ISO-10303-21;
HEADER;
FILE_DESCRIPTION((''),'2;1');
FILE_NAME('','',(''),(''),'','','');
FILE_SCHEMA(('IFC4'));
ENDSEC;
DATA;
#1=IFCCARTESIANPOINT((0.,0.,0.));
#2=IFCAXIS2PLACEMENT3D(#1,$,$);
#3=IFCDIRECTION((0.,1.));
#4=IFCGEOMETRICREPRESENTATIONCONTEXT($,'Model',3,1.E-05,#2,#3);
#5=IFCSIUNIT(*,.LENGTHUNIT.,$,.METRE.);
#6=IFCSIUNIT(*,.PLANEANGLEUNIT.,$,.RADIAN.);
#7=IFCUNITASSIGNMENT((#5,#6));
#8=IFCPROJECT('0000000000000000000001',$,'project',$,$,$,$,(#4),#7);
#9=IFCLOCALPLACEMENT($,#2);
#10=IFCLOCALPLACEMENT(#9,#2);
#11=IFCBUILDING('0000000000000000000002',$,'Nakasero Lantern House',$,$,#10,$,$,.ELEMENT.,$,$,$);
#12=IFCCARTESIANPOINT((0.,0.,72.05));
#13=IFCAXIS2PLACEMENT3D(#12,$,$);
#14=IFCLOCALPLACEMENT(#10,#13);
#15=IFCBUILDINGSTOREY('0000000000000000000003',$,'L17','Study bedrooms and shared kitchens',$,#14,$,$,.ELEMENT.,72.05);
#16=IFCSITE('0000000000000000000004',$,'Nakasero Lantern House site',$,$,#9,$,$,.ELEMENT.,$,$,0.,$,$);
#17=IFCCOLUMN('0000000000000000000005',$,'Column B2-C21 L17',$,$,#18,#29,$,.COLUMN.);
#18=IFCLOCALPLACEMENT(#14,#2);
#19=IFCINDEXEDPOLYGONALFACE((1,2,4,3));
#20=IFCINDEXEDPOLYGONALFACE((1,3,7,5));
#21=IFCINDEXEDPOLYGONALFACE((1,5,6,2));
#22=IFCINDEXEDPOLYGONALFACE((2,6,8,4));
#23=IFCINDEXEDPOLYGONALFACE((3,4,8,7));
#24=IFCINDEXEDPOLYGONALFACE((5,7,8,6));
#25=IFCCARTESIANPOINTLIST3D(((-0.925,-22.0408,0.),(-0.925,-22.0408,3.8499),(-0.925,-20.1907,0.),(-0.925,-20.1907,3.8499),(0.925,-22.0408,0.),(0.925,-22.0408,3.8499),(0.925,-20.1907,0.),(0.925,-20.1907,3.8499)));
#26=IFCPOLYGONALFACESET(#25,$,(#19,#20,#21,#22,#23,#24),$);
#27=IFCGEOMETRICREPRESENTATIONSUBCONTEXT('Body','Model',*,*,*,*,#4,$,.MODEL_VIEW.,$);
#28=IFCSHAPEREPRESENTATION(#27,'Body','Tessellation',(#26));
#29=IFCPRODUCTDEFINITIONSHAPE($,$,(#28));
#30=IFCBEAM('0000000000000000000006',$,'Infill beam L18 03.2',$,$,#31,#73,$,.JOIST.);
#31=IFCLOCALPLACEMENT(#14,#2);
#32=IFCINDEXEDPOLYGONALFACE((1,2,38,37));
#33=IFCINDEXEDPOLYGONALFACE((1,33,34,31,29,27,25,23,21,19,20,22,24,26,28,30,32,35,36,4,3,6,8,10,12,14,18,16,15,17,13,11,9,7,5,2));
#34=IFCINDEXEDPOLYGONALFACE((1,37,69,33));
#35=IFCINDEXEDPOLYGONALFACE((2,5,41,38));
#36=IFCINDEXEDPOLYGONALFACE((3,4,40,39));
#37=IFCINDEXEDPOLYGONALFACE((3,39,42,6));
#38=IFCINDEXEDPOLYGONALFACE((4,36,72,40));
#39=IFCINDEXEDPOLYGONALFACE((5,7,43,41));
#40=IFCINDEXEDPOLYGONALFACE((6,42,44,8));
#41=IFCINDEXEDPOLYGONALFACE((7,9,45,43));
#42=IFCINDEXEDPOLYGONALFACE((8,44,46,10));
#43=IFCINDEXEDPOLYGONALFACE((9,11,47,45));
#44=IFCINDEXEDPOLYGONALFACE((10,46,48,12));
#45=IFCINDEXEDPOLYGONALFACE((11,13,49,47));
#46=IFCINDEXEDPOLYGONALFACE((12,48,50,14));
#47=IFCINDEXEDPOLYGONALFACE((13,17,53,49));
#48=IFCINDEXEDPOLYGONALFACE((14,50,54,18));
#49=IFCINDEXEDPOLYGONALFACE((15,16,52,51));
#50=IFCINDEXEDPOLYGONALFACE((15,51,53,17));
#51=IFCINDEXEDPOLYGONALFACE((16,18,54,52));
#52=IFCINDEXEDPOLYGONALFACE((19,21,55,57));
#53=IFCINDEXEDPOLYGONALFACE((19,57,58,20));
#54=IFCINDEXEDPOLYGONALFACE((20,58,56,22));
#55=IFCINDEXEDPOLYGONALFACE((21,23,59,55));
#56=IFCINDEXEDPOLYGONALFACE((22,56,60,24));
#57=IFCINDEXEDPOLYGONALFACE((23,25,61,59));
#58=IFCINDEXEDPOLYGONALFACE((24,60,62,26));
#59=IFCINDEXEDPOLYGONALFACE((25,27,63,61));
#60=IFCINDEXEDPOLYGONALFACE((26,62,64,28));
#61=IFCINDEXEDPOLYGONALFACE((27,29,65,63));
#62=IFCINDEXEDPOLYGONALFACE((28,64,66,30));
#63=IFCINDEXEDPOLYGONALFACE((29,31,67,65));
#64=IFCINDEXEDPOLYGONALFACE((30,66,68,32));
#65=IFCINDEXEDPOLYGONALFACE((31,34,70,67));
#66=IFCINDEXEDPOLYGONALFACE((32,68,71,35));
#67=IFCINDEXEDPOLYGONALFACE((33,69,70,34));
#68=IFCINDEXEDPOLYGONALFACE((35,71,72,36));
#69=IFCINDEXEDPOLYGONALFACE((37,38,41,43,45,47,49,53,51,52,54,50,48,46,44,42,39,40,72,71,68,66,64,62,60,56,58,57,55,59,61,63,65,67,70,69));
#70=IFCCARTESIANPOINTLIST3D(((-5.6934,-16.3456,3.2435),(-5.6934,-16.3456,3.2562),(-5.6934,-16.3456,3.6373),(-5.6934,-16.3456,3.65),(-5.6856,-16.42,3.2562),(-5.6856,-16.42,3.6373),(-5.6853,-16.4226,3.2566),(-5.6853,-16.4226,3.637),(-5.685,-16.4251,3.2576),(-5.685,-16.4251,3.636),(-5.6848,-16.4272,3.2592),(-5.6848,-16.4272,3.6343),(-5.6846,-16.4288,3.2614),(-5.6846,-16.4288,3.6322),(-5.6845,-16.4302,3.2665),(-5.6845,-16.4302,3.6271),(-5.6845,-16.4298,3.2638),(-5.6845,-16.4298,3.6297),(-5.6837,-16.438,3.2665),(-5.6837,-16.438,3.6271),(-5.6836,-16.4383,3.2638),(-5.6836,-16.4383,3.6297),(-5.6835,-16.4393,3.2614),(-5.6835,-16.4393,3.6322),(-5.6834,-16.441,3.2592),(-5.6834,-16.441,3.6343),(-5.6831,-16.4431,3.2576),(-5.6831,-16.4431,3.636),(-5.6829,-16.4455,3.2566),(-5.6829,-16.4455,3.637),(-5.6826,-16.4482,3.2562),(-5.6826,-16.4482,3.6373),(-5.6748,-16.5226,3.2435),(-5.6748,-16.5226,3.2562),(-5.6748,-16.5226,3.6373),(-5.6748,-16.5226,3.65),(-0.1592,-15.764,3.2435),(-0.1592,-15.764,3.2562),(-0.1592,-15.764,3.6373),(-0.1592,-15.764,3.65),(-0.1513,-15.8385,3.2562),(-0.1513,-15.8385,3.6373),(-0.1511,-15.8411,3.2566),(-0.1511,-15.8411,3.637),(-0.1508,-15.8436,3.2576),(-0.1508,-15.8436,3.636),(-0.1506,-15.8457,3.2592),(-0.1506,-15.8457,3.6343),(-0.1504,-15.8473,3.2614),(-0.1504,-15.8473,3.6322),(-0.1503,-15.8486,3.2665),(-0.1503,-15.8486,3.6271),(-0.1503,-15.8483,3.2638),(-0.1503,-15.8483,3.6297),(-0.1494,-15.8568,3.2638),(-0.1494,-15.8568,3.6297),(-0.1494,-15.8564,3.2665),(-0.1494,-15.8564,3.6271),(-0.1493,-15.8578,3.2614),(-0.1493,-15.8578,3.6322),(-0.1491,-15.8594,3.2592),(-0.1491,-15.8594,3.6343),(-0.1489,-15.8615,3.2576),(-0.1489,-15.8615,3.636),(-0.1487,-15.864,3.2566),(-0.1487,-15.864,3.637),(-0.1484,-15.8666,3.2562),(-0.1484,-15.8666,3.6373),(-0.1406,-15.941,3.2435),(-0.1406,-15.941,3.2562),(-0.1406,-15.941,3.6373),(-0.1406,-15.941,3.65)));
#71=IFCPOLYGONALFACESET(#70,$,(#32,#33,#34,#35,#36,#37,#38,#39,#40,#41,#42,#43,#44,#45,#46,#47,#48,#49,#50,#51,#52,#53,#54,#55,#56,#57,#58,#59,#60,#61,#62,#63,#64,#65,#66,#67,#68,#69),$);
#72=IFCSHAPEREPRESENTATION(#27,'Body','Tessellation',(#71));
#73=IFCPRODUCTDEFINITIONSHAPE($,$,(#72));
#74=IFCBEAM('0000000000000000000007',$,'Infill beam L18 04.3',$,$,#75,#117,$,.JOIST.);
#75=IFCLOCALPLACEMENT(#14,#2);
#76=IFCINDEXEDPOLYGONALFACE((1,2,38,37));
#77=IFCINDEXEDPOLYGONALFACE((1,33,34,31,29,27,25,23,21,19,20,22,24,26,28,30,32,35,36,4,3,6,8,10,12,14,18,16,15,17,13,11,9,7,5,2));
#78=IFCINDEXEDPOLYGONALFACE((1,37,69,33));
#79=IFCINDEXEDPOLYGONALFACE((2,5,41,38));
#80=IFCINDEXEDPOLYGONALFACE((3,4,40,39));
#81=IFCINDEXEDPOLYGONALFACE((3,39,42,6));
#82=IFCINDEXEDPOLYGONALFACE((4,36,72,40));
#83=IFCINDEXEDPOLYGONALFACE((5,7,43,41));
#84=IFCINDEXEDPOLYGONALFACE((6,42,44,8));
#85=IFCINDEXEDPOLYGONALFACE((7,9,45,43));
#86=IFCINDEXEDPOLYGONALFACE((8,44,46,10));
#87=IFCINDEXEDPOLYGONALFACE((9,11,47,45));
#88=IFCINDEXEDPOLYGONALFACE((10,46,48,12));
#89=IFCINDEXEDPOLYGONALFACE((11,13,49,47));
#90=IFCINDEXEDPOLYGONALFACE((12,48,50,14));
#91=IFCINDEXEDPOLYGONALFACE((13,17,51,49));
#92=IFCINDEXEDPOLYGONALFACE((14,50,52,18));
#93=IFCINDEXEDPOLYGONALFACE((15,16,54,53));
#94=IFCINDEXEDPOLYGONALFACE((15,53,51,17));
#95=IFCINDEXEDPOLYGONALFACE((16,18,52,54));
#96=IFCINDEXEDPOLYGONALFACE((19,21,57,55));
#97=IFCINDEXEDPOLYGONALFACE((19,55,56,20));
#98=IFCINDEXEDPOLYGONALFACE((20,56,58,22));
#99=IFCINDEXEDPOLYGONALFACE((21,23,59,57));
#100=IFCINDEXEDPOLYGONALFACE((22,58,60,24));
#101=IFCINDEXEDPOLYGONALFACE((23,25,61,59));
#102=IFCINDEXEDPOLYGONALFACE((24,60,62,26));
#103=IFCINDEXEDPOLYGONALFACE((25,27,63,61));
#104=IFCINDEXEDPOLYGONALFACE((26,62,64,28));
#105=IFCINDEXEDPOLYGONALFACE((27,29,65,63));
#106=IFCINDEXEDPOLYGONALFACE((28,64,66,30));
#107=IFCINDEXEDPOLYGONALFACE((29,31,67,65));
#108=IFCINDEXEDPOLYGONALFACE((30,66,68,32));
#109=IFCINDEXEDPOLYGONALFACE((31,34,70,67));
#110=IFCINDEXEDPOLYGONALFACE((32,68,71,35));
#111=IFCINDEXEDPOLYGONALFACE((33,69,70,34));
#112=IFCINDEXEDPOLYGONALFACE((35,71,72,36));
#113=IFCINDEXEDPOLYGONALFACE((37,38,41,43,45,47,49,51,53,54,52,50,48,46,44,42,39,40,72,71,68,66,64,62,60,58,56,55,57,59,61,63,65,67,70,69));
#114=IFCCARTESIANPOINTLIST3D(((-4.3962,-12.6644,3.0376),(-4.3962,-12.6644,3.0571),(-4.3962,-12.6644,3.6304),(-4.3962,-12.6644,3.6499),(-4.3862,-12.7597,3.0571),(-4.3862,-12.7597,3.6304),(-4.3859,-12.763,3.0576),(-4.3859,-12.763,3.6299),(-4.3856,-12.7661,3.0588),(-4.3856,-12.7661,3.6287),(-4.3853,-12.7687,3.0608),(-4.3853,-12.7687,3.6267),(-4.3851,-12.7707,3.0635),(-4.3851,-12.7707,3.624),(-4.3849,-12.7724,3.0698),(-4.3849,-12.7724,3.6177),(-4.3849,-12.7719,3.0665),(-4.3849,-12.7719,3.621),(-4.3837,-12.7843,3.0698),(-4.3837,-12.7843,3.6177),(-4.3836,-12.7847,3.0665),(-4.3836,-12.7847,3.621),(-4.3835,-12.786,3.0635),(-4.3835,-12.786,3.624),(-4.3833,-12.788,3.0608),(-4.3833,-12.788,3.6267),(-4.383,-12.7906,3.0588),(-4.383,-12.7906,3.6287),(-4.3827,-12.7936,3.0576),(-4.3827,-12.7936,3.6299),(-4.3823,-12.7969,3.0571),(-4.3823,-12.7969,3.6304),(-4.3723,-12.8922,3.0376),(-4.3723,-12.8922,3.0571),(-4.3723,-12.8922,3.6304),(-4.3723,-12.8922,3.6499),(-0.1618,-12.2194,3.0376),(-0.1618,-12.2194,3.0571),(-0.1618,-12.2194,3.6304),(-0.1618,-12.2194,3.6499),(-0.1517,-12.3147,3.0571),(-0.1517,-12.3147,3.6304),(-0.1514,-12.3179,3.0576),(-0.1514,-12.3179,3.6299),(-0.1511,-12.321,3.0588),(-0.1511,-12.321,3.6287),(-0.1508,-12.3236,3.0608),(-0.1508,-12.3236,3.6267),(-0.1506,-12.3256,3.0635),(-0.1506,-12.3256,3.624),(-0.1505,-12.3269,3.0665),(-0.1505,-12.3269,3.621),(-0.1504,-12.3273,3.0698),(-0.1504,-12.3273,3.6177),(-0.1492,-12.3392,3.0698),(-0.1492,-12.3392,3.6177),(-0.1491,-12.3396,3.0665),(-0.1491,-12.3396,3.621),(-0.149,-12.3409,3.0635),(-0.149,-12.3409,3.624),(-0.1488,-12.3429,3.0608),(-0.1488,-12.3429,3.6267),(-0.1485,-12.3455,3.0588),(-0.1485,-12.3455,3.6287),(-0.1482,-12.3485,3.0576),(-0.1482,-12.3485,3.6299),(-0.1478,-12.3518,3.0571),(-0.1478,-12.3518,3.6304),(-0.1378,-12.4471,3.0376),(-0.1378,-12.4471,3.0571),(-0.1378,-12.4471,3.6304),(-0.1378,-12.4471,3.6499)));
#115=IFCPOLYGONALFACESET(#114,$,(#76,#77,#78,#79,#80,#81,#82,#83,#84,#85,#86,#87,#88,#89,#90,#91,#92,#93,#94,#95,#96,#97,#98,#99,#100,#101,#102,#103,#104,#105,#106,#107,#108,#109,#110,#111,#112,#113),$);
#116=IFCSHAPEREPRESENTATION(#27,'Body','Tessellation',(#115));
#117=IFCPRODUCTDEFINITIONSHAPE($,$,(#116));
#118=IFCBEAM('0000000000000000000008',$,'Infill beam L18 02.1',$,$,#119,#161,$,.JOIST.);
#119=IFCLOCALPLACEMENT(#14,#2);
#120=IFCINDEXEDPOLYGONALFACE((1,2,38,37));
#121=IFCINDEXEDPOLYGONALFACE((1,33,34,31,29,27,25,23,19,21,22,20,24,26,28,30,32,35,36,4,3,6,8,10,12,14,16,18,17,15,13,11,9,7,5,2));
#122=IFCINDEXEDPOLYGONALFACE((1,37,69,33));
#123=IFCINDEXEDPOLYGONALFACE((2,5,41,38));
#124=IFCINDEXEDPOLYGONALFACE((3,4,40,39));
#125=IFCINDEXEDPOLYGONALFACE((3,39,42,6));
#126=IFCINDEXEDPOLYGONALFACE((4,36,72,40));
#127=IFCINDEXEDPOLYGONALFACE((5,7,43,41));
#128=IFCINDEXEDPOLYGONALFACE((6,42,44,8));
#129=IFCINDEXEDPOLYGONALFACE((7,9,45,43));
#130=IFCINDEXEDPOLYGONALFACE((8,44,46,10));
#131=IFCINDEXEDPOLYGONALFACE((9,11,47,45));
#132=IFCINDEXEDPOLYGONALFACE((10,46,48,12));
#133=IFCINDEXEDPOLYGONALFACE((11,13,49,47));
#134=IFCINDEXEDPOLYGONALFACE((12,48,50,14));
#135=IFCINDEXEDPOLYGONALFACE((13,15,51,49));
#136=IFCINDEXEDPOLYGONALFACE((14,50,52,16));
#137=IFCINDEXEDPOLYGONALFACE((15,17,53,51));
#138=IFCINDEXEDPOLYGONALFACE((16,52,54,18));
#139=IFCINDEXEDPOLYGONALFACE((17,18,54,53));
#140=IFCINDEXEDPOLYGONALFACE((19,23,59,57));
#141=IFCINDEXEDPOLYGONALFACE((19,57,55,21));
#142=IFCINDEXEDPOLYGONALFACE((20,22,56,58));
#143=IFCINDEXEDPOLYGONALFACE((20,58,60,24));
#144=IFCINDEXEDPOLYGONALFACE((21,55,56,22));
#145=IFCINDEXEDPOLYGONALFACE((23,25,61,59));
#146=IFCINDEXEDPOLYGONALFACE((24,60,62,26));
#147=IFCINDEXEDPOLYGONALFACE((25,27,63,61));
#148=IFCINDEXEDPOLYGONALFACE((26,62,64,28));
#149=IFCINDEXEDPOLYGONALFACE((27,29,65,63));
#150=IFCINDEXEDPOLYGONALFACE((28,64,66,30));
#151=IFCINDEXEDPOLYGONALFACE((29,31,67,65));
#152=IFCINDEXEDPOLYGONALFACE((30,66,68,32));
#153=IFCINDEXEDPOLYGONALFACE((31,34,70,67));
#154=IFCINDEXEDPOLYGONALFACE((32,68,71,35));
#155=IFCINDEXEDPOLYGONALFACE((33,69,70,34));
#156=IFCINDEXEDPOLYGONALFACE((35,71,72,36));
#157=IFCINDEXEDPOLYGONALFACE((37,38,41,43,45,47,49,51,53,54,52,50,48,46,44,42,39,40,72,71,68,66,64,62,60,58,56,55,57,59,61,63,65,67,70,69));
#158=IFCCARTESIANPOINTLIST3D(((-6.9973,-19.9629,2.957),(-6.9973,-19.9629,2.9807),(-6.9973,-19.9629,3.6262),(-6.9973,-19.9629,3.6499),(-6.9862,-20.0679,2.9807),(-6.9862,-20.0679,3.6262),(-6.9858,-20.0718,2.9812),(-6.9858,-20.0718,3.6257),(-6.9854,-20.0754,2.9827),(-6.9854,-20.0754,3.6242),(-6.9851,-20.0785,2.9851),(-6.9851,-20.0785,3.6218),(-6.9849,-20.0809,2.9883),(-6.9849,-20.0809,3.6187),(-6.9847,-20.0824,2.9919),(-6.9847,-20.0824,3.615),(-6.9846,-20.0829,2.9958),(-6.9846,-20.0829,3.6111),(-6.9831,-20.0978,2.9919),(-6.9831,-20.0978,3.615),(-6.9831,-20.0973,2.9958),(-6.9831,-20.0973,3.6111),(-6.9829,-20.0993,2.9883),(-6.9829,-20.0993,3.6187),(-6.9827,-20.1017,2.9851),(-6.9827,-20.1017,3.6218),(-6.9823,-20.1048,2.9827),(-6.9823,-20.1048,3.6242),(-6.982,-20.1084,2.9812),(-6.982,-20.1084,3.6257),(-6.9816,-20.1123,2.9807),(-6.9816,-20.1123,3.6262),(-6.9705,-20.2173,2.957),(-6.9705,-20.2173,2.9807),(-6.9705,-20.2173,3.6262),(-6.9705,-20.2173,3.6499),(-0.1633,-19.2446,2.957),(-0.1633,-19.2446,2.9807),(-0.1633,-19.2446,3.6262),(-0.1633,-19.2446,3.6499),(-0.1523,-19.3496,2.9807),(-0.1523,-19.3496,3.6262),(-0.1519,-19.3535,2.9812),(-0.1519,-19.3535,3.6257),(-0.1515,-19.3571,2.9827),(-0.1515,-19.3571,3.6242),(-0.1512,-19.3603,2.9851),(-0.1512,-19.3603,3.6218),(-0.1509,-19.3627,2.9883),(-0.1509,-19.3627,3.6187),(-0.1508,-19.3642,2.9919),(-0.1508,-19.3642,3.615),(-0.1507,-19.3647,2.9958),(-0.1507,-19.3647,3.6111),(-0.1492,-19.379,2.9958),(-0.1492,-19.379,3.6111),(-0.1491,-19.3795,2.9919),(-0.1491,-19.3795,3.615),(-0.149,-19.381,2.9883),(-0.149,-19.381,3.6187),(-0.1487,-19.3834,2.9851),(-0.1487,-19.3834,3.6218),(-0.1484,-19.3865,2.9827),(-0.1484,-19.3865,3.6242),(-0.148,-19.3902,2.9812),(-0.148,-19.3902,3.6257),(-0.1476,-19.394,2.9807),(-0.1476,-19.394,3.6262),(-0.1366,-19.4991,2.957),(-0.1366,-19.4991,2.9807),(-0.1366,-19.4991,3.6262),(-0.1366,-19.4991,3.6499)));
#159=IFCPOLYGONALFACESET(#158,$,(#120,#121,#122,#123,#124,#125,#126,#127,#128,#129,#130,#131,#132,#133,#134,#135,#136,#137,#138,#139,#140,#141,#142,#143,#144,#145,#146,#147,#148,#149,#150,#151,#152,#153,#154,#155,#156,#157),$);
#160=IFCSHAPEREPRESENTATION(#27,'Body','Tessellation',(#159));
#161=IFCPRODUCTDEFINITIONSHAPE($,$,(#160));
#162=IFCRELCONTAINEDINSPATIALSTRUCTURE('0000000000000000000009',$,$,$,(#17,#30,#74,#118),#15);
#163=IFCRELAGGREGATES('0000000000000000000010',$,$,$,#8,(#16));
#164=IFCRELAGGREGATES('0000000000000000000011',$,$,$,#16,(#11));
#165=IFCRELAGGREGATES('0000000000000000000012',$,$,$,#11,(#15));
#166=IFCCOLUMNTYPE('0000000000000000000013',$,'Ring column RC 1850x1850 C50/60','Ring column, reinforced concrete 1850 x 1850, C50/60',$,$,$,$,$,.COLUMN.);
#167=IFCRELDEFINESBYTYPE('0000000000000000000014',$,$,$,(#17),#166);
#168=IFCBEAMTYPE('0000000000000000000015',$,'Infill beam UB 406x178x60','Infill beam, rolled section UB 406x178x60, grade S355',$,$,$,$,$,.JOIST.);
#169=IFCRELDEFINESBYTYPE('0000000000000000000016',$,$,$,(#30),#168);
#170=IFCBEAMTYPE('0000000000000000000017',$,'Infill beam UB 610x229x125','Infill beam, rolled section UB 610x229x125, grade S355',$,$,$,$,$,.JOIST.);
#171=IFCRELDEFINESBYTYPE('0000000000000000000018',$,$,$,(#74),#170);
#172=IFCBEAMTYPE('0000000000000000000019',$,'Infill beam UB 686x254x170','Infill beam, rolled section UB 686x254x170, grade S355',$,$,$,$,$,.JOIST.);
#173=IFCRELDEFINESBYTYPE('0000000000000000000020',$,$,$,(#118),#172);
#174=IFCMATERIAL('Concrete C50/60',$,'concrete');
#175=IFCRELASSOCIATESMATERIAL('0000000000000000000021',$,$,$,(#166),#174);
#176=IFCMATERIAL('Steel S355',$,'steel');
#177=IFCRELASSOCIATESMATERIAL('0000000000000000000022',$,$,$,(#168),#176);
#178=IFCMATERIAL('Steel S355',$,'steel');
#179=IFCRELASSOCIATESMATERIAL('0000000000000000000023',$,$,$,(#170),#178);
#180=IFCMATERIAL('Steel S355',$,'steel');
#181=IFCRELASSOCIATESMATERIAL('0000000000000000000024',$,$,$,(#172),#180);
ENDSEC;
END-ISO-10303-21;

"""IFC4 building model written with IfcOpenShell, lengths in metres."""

from ifc_helpers import new_model, si_unit, direction, frame, origin, origin_2d, place, context, subcontext, project, spatial, rectangle, i_section, extrude, material, material_profile, profile_set, type_object, element, save


model = new_model("IFC4")

# Units and contexts
model_context = context("Model", 3, precision=1e-05, world=origin(), true_north=direction((0.0, 1.0)))
body_context = subcontext(model_context, "Body", "Model", "MODEL_VIEW")
ifc_project = project(units=[si_unit("LENGTHUNIT", "METRE"), si_unit("PLANEANGLEUNIT", "RADIAN")], contexts=[model_context])

# Site, building, storey
site_placement = place(None, origin())
site = spatial("IfcSite", under=ifc_project, at=site_placement, Name="Nakasero Lantern House site", CompositionType="ELEMENT", RefElevation=0.0)
building_placement = place(site_placement, origin())
building = spatial("IfcBuilding", under=site, at=building_placement, Name="Nakasero Lantern House", CompositionType="ELEMENT")
storey_placement = place(building_placement, frame((0.0, 0.0, 72.05)))
storey = spatial("IfcBuildingStorey", under=building, at=storey_placement, Name="L17", Description="Study bedrooms and shared kitchens", CompositionType="ELEMENT", Elevation=72.05)

# Column
ifc_material_1 = material(Name="Concrete C50/60", Category="concrete")
ifc_material_profile_1 = material_profile(ifc_material_1, rectangle(XDim=1.8501, YDim=1.8501, at=origin_2d()), Name="RC 1850x1850")
ifc_profile_set_1 = profile_set([ifc_material_profile_1], Name="Concrete C50/60")
column_type = type_object("IfcColumnType", Name="Ring column RC 1850x1850 C50/60", Description="Ring column, reinforced concrete 1850 x 1850, C50/60", PredefinedType="COLUMN", material=ifc_profile_set_1)
column_placement = place(storey_placement, frame((0.0, -21.1157, 0.0), z_axis=(0.0, 0.0, 1.0), x_axis=(1.0, 0.0, 0.0)))
element("IfcColumn", 1, at=column_placement, inside=storey, type_object=column_type, Name="Column B2-C21 L17", PredefinedType="COLUMN", context=body_context, shape_type="SweptSolid", body=[
    extrude(rectangle(XDim=1.8501, YDim=1.8501, at=origin_2d()), origin(), (0.0, 0.0, 1.0), 3.8499),
])

# Beams
ifc_material_2 = material(Name="Steel S355", Category="steel")
ifc_material_profile_2 = material_profile(ifc_material_2, i_section(OverallWidth=0.178, OverallDepth=0.4065, WebThickness=0.0078, FlangeThickness=0.0127, FilletRadius=0.0103, at=origin_2d()), Name="UB 406x178x60")
ifc_profile_set_2 = profile_set([ifc_material_profile_2], Name="Steel S355")
beam_type_1 = type_object("IfcBeamType", Name="Infill beam UB 406x178x60", Description="Infill beam, rolled section UB 406x178x60, grade S355", PredefinedType="JOIST", material=ifc_profile_set_2)
beam_1_placement = place(storey_placement, frame((-5.6841, -16.4341, 3.4468), z_axis=(0.994524, 0.104507, 0.0), x_axis=(-0.104507, 0.994524, 0.0)))
element("IfcBeam", 2, at=beam_1_placement, inside=storey, type_object=beam_type_1, Name="Infill beam L18 03.2", PredefinedType="JOIST", context=body_context, shape_type="SweptSolid", body=[
    extrude(i_section(OverallWidth=0.178, OverallDepth=0.4065, WebThickness=0.0078, FlangeThickness=0.0127, FilletRadius=0.0103, at=origin_2d()), origin(), (0.0, 0.0, 1.0), 5.5647),
])
ifc_material_3 = material(Name="Steel S355", Category="steel")
ifc_material_profile_3 = material_profile(ifc_material_3, i_section(OverallWidth=0.229, OverallDepth=0.6123, WebThickness=0.012, FlangeThickness=0.0195, FilletRadius=0.0127, at=origin_2d()), Name="UB 610x229x125")
ifc_profile_set_3 = profile_set([ifc_material_profile_3], Name="Steel S355")
beam_type_2 = type_object("IfcBeamType", Name="Infill beam UB 610x229x125", Description="Infill beam, rolled section UB 610x229x125, grade S355", PredefinedType="JOIST", material=ifc_profile_set_3)
beam_2_placement = place(storey_placement, frame((-4.3843, -12.7783, 3.3438), z_axis=(0.994521, 0.104533, 0.0), x_axis=(-0.104533, 0.994521, 0.0)))
element("IfcBeam", 3, at=beam_2_placement, inside=storey, type_object=beam_type_2, Name="Infill beam L18 04.3", PredefinedType="JOIST", context=body_context, shape_type="SweptSolid", body=[
    extrude(i_section(OverallWidth=0.229, OverallDepth=0.6123, WebThickness=0.012, FlangeThickness=0.0195, FilletRadius=0.0127, at=origin_2d()), origin(), (0.0, 0.0, 1.0), 4.2578),
])
ifc_material_4 = material(Name="Steel S355", Category="steel")
ifc_material_profile_4 = material_profile(ifc_material_4, i_section(OverallWidth=0.2559, OverallDepth=0.6929, WebThickness=0.0144, FlangeThickness=0.0237, FilletRadius=0.0151, at=origin_2d()), Name="UB 686x254x170")
ifc_profile_set_4 = profile_set([ifc_material_profile_4], Name="Steel S355")
beam_type_3 = type_object("IfcBeamType", Name="Infill beam UB 686x254x170", Description="Infill beam, rolled section UB 686x254x170, grade S355", PredefinedType="JOIST", material=ifc_profile_set_4)
beam_3_placement = place(storey_placement, frame((-6.9839, -20.0901, 3.3035), z_axis=(0.994522, 0.104526, 0.0), x_axis=(-0.104526, 0.994522, 0.0)))
element("IfcBeam", 4, at=beam_3_placement, inside=storey, type_object=beam_type_3, Name="Infill beam L18 02.1", PredefinedType="JOIST", context=body_context, shape_type="SweptSolid", body=[
    extrude(i_section(OverallWidth=0.2559, OverallDepth=0.6929, WebThickness=0.0144, FlangeThickness=0.0237, FilletRadius=0.0151, at=origin_2d()), origin(), (0.0, 0.0, 1.0), 6.8716),
])

save(model, "model.ifc")
